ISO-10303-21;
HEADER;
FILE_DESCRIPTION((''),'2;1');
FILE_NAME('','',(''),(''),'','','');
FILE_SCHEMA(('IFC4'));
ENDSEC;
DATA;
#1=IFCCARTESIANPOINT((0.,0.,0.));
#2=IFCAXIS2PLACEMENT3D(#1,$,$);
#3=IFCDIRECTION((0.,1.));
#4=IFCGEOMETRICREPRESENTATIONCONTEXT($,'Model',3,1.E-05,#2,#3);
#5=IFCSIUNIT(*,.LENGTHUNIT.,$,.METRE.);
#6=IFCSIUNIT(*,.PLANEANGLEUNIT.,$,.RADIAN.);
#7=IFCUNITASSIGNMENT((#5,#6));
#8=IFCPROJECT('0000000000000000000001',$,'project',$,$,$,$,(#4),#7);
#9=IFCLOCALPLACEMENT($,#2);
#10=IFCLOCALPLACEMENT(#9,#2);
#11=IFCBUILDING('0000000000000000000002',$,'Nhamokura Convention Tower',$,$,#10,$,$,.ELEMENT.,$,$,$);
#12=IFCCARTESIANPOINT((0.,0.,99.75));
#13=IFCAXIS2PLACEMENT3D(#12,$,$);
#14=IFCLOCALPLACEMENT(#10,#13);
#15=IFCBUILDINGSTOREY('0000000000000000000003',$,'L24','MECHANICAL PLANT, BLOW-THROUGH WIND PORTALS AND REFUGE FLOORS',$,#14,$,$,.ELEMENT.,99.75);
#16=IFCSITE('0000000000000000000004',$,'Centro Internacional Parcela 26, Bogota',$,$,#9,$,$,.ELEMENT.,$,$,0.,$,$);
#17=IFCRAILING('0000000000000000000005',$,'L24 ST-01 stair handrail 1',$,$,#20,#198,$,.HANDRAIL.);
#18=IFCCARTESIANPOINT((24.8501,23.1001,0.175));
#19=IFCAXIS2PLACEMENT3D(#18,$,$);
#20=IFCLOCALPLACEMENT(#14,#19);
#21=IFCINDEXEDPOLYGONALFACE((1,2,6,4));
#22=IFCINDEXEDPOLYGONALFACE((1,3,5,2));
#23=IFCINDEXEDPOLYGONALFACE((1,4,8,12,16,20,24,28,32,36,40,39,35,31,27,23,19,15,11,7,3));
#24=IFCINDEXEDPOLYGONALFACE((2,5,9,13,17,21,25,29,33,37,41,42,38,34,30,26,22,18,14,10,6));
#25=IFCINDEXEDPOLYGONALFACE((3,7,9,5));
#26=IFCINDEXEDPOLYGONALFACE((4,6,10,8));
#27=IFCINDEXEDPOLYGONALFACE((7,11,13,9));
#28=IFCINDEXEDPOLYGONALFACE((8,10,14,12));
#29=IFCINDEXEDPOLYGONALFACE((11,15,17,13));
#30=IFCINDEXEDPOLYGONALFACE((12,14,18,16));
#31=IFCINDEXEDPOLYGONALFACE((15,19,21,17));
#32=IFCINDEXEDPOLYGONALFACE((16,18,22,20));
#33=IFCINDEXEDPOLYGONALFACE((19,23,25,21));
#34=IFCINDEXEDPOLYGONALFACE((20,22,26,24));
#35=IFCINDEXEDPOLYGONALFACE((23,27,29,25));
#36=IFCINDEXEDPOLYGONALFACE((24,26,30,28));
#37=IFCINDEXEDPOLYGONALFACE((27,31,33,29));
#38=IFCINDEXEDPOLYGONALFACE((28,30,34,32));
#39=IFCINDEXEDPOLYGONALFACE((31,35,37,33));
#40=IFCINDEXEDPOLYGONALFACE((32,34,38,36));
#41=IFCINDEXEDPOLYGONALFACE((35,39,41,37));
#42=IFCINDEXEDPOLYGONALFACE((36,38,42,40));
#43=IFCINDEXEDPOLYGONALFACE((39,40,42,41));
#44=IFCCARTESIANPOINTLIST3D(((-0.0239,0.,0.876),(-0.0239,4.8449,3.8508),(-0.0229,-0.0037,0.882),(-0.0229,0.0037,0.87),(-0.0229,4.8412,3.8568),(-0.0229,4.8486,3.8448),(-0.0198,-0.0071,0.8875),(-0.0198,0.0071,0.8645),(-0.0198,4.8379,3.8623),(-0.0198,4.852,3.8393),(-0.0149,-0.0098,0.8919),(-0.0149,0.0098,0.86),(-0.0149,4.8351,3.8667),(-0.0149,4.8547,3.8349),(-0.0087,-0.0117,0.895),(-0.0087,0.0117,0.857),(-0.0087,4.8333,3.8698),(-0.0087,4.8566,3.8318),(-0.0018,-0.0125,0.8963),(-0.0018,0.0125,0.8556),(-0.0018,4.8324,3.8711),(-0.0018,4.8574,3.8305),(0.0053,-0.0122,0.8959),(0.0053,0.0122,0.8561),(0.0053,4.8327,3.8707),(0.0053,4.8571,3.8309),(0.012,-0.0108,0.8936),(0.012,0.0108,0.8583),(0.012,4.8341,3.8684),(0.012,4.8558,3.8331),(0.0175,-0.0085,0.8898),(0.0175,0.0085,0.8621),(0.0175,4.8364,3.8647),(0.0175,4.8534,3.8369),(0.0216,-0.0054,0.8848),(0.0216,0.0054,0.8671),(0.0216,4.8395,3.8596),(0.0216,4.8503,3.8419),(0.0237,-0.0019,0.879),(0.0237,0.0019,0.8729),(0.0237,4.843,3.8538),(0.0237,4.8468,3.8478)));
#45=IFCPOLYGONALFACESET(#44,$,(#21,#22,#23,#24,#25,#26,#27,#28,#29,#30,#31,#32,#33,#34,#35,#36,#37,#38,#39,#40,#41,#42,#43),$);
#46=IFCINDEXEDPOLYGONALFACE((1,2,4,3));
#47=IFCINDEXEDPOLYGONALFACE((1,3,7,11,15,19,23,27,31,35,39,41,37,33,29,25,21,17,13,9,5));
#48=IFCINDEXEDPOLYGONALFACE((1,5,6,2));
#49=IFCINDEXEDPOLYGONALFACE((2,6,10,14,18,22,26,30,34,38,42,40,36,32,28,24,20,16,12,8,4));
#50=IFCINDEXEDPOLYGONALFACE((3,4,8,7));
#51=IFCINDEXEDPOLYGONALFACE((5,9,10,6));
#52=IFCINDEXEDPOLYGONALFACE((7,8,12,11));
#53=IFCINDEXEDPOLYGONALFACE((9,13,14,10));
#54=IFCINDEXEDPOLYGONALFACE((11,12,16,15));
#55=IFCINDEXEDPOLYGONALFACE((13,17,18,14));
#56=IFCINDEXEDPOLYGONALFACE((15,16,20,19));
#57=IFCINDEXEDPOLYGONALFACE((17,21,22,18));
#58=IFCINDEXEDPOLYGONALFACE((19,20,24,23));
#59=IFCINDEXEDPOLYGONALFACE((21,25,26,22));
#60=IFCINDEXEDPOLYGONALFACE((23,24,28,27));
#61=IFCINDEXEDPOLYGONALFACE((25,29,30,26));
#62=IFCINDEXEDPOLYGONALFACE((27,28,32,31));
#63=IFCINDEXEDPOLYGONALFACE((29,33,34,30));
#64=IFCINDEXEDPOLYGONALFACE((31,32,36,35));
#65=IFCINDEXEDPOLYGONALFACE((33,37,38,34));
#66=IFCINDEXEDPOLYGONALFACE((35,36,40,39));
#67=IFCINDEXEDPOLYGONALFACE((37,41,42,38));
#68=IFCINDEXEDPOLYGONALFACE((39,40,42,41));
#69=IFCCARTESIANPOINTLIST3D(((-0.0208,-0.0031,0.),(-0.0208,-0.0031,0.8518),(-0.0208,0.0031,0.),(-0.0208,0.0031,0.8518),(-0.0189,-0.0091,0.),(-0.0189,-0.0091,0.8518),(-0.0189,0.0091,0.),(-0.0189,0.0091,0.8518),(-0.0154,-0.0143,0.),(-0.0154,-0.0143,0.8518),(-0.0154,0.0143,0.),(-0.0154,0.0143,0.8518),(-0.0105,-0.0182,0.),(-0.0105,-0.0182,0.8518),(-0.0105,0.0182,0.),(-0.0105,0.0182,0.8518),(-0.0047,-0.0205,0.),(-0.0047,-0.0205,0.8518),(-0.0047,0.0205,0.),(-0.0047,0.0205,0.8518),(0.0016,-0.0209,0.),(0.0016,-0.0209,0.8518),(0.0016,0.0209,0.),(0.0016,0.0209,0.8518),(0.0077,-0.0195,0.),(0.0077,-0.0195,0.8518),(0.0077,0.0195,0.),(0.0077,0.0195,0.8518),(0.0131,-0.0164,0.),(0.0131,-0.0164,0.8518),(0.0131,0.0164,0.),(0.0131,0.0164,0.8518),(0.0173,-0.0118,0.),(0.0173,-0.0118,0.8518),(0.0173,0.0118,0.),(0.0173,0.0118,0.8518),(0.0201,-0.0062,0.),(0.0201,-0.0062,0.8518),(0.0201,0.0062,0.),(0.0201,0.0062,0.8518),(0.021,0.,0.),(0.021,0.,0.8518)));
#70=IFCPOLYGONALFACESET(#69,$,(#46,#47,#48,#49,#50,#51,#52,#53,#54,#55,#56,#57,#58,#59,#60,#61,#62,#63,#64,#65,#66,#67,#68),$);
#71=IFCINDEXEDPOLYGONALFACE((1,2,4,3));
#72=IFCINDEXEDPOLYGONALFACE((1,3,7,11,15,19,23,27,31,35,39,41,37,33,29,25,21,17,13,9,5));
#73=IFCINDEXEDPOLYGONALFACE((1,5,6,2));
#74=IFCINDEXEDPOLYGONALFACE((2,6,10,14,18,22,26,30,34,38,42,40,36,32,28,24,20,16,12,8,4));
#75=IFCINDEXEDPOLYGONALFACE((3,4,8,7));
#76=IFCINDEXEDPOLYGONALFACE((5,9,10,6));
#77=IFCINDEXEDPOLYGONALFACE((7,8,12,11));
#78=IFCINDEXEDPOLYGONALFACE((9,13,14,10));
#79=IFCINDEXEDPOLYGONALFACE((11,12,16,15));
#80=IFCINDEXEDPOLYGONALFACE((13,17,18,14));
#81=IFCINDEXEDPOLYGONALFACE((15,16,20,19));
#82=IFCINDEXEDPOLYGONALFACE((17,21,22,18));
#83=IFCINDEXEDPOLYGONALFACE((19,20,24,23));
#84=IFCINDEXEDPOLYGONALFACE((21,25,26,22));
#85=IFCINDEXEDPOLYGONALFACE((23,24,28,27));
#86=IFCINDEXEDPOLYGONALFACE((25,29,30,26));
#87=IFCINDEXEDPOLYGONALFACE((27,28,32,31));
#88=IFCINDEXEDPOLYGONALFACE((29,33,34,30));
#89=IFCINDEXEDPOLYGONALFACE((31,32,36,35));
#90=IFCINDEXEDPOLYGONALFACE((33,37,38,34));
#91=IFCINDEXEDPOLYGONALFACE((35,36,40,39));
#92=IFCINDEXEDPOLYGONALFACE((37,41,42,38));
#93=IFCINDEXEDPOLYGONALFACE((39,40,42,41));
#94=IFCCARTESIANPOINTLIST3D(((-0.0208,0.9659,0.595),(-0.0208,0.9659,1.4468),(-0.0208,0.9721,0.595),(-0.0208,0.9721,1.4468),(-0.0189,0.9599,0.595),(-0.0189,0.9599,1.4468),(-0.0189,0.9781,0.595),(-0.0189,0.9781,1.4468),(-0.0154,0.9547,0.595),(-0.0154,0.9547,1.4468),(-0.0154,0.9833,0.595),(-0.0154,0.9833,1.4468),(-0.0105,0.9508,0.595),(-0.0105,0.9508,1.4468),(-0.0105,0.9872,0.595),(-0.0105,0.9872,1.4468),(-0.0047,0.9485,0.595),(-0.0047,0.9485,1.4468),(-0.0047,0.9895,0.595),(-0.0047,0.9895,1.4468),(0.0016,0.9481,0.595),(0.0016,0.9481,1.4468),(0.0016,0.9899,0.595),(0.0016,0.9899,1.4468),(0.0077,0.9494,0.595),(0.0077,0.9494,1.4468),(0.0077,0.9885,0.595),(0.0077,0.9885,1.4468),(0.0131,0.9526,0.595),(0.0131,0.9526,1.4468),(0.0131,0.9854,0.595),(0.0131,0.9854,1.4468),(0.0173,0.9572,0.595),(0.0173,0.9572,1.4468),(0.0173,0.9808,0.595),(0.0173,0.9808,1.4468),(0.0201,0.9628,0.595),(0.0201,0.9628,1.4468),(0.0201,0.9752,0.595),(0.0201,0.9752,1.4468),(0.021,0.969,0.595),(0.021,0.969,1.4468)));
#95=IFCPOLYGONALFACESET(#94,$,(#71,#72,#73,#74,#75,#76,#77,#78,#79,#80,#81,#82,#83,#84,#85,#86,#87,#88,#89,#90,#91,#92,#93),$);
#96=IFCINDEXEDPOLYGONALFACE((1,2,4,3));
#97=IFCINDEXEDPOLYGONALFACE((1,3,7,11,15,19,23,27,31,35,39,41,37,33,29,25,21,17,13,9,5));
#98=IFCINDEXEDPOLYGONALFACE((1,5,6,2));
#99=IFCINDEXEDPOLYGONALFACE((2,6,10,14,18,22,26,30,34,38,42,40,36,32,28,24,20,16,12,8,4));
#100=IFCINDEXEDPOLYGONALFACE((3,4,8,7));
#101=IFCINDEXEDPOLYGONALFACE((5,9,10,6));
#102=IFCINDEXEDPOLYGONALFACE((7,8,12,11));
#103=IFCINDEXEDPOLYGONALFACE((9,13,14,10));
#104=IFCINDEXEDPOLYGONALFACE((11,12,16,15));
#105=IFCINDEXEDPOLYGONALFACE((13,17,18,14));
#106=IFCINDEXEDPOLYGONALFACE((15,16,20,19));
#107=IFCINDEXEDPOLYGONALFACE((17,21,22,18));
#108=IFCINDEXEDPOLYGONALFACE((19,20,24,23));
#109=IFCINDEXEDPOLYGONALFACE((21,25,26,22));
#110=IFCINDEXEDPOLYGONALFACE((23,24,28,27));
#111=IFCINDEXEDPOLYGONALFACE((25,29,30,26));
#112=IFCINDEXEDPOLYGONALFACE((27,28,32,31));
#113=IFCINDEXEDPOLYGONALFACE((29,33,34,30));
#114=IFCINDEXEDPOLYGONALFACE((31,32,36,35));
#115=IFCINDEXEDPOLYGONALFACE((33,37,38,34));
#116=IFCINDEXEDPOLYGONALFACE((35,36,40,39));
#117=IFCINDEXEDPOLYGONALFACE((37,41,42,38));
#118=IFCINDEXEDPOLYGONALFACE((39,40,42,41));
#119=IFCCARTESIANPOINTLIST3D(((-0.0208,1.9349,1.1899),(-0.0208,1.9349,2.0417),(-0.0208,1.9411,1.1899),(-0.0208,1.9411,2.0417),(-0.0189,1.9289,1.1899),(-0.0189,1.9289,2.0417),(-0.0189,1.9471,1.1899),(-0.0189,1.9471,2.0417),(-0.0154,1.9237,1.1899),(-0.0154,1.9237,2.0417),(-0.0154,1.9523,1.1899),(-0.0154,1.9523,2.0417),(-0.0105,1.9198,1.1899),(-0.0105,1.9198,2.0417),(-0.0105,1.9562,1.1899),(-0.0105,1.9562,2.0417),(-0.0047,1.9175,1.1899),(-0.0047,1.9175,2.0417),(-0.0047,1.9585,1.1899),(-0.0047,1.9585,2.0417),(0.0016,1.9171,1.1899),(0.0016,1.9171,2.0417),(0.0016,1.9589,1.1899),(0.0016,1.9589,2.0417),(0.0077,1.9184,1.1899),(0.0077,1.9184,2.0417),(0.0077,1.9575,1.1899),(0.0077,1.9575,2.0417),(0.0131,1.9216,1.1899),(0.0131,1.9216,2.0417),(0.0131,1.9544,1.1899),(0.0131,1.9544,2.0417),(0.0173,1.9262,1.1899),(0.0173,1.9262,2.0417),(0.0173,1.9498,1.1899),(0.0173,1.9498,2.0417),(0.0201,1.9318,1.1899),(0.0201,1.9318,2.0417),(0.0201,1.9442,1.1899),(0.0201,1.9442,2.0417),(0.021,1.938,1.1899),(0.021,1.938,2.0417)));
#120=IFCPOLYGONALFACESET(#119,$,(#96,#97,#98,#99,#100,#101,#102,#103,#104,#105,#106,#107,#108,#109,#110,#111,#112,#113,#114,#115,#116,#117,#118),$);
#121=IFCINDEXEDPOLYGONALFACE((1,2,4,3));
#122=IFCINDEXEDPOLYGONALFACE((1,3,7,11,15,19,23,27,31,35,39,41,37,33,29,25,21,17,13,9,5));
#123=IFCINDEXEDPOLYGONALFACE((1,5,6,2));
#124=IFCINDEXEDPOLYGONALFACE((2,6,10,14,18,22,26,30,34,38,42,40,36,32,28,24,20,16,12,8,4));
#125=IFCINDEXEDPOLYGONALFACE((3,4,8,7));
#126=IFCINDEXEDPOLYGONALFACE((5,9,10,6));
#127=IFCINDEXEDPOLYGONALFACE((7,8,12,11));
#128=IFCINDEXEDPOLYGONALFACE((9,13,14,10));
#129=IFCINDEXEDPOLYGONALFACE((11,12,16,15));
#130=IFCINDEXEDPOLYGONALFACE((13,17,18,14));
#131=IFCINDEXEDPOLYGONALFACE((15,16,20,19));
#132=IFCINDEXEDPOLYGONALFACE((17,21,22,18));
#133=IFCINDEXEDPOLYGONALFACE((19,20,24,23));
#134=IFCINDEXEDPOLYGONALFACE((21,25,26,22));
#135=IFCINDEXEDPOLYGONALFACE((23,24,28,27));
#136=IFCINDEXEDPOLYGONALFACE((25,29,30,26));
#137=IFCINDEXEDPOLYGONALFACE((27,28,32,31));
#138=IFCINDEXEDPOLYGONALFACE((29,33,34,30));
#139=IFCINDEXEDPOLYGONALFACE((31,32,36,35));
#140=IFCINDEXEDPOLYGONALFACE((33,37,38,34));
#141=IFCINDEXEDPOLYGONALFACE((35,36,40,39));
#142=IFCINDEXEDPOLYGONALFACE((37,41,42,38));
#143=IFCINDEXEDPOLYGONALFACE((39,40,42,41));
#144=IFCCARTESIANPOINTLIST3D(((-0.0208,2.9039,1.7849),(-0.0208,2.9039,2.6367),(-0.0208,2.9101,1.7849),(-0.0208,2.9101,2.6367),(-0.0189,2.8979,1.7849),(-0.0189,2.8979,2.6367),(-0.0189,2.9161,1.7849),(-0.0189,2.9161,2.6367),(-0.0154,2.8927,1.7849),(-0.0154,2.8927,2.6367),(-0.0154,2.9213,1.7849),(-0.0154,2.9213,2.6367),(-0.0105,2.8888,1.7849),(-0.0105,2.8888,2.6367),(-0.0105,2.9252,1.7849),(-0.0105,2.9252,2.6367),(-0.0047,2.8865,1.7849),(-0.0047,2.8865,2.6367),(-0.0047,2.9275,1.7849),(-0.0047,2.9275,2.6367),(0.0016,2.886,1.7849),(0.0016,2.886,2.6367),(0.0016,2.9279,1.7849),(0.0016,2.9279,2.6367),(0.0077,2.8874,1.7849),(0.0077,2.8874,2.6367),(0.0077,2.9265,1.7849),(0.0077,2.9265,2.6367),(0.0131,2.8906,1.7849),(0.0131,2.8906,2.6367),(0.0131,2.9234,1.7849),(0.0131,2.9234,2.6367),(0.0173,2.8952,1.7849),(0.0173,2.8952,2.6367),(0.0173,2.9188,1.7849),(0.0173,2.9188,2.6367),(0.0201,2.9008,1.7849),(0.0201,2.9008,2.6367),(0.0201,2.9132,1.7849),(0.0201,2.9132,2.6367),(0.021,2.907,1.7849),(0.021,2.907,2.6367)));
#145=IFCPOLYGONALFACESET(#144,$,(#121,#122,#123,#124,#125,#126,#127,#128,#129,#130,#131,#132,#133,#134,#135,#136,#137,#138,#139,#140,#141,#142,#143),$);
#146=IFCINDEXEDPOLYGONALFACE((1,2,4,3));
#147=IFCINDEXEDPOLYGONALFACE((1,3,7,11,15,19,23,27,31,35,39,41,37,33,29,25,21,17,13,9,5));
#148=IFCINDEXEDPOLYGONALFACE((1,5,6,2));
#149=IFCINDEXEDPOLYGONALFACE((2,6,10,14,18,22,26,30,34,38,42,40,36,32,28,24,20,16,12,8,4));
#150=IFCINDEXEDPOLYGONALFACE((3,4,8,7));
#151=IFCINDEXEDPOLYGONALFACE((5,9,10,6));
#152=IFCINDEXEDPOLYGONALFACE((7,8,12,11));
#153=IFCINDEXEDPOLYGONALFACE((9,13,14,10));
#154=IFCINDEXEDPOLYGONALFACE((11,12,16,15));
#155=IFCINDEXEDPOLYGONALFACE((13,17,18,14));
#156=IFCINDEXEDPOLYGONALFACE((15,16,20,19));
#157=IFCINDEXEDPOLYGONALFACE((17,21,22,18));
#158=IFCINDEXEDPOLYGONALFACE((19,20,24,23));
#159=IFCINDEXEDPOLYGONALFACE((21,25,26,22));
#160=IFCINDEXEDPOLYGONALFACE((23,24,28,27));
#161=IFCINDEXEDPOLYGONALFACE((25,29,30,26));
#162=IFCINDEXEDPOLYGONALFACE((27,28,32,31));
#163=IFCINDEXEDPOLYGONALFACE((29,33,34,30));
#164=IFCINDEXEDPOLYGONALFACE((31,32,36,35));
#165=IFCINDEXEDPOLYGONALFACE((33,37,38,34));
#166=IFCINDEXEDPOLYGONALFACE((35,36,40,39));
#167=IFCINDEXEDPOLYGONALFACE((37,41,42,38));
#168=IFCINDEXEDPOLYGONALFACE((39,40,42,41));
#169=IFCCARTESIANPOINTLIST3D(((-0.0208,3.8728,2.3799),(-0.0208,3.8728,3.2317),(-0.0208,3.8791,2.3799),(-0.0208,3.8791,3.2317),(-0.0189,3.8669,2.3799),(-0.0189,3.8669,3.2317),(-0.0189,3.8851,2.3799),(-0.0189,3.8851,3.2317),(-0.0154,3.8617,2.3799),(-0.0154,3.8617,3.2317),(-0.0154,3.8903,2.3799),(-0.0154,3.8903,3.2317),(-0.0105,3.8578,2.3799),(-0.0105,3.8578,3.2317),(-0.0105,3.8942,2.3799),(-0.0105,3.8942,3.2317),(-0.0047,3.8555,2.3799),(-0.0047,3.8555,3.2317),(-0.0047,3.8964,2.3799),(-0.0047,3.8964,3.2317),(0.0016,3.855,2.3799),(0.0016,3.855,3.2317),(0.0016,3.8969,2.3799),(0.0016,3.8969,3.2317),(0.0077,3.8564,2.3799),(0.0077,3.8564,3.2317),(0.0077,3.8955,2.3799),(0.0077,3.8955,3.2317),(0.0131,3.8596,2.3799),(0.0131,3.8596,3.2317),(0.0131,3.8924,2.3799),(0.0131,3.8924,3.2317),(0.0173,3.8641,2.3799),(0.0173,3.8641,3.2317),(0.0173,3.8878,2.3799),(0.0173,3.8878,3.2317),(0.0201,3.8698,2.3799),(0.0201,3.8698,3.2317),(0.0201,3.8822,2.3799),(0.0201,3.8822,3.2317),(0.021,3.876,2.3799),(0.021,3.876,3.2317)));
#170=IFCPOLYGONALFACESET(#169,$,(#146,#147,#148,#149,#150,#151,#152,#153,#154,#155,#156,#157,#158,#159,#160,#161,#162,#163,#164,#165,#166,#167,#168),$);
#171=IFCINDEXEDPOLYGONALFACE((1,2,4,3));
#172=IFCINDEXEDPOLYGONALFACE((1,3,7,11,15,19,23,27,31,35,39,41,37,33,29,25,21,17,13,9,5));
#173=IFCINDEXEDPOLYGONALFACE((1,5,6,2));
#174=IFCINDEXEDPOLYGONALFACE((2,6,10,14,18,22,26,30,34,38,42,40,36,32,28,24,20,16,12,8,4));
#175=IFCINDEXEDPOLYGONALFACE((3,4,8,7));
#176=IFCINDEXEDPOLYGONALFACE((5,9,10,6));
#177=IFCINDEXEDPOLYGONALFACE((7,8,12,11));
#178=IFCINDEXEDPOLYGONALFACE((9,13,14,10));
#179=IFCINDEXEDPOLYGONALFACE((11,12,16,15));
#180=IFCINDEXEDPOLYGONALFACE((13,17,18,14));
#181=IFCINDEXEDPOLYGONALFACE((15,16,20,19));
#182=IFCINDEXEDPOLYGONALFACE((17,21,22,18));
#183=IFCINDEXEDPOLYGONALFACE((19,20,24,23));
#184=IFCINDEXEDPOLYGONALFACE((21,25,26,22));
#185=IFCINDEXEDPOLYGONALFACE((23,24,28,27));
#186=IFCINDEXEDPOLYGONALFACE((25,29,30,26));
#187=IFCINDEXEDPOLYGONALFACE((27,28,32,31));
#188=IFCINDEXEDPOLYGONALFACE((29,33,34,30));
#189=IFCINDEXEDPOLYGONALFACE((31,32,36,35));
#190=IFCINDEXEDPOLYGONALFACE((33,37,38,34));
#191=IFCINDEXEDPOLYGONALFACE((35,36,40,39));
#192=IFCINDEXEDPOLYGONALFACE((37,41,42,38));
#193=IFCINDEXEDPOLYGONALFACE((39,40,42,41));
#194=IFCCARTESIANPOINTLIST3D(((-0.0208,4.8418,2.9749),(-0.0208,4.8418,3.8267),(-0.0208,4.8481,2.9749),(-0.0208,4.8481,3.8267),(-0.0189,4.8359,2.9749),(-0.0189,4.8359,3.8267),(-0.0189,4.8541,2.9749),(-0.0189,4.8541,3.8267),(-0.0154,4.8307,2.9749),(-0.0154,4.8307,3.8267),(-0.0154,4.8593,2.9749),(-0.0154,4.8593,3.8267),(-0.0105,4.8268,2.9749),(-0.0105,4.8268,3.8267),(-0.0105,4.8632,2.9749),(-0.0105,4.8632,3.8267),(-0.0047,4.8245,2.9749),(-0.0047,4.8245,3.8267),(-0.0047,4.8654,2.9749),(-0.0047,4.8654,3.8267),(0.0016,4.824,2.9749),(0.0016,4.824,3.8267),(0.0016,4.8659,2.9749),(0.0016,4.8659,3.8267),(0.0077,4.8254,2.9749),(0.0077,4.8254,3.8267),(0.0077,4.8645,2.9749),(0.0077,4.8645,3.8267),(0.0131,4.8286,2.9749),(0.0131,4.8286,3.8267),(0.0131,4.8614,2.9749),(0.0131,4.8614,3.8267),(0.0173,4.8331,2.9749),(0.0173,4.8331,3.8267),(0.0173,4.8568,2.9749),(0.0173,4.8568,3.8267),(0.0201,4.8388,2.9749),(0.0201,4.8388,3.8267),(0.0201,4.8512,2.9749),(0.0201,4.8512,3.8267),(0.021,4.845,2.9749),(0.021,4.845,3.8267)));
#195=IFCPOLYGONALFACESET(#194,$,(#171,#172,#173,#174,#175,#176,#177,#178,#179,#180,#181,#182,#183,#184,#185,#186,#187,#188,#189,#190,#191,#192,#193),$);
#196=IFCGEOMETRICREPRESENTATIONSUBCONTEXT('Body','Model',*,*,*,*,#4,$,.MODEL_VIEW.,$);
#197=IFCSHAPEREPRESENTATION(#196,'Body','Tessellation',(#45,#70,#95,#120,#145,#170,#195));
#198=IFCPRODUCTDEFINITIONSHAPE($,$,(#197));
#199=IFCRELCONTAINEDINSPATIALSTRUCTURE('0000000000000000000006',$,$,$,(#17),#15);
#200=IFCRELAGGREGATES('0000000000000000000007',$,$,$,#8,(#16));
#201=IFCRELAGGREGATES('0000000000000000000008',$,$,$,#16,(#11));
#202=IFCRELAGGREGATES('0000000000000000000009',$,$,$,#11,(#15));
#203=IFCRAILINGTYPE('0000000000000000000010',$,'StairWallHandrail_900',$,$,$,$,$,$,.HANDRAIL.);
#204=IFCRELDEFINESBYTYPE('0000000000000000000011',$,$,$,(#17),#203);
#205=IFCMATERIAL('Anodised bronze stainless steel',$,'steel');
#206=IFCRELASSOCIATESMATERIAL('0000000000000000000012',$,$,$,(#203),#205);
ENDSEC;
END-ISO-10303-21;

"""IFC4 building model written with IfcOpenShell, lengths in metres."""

from ifc_helpers import new_model, si_unit, direction, frame, origin, origin_2d, place, context, subcontext, project, spatial, circle, extrude, material, type_object, element, save


model = new_model("IFC4")

# Units and contexts
model_context = context("Model", 3, precision=1e-05, world=origin(), true_north=direction((0.0, 1.0)))
body_context = subcontext(model_context, "Body", "Model", "MODEL_VIEW")
ifc_project = project(units=[si_unit("LENGTHUNIT", "METRE"), si_unit("PLANEANGLEUNIT", "RADIAN")], contexts=[model_context])

# Site, building, storey
site_placement = place(None, origin())
site = spatial("IfcSite", under=ifc_project, at=site_placement, Name="Centro Internacional Parcela 26, Bogota", CompositionType="ELEMENT", RefElevation=0.0)
building_placement = place(site_placement, origin())
building = spatial("IfcBuilding", under=site, at=building_placement, Name="Nhamokura Convention Tower", CompositionType="ELEMENT")
storey_placement = place(building_placement, frame((0.0, 0.0, 99.75)))
storey = spatial("IfcBuildingStorey", under=building, at=storey_placement, Name="L24", Description="MECHANICAL PLANT, BLOW-THROUGH WIND PORTALS AND REFUGE FLOORS", CompositionType="ELEMENT", Elevation=99.75)

# Railing
ifc_material_1 = material(Name="Anodised bronze stainless steel", Category="steel")
railing_type_1 = type_object("IfcRailingType", Name="StairWallHandrail_900", PredefinedType="HANDRAIL", material=ifc_material_1)
railing_1_placement = place(storey_placement, frame((24.8501, 23.1001, 0.175)))
element("IfcRailing", 1, at=railing_1_placement, inside=storey, type_object=railing_type_1, Name="L24 ST-01 stair handrail 1", PredefinedType="HANDRAIL", context=body_context, shape_type="SweptSolid", body=[
    extrude(circle(Radius=0.0239, at=origin_2d()), frame((0.0, 0.0, 0.876), z_axis=(0.0, 0.852181, 0.523247), x_axis=(-1.0, 0.0, 0.0)), (0.0, 0.0, 1.0), 5.6853),
    extrude(circle(Radius=0.021, at=origin_2d()), origin(), (0.0, 0.0, 1.0), 0.8518),
    extrude(circle(Radius=0.021, at=origin_2d()), frame((0.0, 0.969, 0.595)), (0.0, 0.0, 1.0), 0.8518),
    extrude(circle(Radius=0.021, at=origin_2d()), frame((0.0, 1.938, 1.1899)), (0.0, 0.0, 1.0), 0.8518),
    extrude(circle(Radius=0.021, at=origin_2d()), frame((0.0, 2.907, 1.7849)), (0.0, 0.0, 1.0), 0.8518),
    extrude(circle(Radius=0.021, at=origin_2d()), frame((0.0, 3.876, 2.3799)), (0.0, 0.0, 1.0), 0.8518),
    extrude(circle(Radius=0.021, at=origin_2d()), frame((0.0, 4.845, 2.9749)), (0.0, 0.0, 1.0), 0.8518),
])

save(model, "model.ifc")
